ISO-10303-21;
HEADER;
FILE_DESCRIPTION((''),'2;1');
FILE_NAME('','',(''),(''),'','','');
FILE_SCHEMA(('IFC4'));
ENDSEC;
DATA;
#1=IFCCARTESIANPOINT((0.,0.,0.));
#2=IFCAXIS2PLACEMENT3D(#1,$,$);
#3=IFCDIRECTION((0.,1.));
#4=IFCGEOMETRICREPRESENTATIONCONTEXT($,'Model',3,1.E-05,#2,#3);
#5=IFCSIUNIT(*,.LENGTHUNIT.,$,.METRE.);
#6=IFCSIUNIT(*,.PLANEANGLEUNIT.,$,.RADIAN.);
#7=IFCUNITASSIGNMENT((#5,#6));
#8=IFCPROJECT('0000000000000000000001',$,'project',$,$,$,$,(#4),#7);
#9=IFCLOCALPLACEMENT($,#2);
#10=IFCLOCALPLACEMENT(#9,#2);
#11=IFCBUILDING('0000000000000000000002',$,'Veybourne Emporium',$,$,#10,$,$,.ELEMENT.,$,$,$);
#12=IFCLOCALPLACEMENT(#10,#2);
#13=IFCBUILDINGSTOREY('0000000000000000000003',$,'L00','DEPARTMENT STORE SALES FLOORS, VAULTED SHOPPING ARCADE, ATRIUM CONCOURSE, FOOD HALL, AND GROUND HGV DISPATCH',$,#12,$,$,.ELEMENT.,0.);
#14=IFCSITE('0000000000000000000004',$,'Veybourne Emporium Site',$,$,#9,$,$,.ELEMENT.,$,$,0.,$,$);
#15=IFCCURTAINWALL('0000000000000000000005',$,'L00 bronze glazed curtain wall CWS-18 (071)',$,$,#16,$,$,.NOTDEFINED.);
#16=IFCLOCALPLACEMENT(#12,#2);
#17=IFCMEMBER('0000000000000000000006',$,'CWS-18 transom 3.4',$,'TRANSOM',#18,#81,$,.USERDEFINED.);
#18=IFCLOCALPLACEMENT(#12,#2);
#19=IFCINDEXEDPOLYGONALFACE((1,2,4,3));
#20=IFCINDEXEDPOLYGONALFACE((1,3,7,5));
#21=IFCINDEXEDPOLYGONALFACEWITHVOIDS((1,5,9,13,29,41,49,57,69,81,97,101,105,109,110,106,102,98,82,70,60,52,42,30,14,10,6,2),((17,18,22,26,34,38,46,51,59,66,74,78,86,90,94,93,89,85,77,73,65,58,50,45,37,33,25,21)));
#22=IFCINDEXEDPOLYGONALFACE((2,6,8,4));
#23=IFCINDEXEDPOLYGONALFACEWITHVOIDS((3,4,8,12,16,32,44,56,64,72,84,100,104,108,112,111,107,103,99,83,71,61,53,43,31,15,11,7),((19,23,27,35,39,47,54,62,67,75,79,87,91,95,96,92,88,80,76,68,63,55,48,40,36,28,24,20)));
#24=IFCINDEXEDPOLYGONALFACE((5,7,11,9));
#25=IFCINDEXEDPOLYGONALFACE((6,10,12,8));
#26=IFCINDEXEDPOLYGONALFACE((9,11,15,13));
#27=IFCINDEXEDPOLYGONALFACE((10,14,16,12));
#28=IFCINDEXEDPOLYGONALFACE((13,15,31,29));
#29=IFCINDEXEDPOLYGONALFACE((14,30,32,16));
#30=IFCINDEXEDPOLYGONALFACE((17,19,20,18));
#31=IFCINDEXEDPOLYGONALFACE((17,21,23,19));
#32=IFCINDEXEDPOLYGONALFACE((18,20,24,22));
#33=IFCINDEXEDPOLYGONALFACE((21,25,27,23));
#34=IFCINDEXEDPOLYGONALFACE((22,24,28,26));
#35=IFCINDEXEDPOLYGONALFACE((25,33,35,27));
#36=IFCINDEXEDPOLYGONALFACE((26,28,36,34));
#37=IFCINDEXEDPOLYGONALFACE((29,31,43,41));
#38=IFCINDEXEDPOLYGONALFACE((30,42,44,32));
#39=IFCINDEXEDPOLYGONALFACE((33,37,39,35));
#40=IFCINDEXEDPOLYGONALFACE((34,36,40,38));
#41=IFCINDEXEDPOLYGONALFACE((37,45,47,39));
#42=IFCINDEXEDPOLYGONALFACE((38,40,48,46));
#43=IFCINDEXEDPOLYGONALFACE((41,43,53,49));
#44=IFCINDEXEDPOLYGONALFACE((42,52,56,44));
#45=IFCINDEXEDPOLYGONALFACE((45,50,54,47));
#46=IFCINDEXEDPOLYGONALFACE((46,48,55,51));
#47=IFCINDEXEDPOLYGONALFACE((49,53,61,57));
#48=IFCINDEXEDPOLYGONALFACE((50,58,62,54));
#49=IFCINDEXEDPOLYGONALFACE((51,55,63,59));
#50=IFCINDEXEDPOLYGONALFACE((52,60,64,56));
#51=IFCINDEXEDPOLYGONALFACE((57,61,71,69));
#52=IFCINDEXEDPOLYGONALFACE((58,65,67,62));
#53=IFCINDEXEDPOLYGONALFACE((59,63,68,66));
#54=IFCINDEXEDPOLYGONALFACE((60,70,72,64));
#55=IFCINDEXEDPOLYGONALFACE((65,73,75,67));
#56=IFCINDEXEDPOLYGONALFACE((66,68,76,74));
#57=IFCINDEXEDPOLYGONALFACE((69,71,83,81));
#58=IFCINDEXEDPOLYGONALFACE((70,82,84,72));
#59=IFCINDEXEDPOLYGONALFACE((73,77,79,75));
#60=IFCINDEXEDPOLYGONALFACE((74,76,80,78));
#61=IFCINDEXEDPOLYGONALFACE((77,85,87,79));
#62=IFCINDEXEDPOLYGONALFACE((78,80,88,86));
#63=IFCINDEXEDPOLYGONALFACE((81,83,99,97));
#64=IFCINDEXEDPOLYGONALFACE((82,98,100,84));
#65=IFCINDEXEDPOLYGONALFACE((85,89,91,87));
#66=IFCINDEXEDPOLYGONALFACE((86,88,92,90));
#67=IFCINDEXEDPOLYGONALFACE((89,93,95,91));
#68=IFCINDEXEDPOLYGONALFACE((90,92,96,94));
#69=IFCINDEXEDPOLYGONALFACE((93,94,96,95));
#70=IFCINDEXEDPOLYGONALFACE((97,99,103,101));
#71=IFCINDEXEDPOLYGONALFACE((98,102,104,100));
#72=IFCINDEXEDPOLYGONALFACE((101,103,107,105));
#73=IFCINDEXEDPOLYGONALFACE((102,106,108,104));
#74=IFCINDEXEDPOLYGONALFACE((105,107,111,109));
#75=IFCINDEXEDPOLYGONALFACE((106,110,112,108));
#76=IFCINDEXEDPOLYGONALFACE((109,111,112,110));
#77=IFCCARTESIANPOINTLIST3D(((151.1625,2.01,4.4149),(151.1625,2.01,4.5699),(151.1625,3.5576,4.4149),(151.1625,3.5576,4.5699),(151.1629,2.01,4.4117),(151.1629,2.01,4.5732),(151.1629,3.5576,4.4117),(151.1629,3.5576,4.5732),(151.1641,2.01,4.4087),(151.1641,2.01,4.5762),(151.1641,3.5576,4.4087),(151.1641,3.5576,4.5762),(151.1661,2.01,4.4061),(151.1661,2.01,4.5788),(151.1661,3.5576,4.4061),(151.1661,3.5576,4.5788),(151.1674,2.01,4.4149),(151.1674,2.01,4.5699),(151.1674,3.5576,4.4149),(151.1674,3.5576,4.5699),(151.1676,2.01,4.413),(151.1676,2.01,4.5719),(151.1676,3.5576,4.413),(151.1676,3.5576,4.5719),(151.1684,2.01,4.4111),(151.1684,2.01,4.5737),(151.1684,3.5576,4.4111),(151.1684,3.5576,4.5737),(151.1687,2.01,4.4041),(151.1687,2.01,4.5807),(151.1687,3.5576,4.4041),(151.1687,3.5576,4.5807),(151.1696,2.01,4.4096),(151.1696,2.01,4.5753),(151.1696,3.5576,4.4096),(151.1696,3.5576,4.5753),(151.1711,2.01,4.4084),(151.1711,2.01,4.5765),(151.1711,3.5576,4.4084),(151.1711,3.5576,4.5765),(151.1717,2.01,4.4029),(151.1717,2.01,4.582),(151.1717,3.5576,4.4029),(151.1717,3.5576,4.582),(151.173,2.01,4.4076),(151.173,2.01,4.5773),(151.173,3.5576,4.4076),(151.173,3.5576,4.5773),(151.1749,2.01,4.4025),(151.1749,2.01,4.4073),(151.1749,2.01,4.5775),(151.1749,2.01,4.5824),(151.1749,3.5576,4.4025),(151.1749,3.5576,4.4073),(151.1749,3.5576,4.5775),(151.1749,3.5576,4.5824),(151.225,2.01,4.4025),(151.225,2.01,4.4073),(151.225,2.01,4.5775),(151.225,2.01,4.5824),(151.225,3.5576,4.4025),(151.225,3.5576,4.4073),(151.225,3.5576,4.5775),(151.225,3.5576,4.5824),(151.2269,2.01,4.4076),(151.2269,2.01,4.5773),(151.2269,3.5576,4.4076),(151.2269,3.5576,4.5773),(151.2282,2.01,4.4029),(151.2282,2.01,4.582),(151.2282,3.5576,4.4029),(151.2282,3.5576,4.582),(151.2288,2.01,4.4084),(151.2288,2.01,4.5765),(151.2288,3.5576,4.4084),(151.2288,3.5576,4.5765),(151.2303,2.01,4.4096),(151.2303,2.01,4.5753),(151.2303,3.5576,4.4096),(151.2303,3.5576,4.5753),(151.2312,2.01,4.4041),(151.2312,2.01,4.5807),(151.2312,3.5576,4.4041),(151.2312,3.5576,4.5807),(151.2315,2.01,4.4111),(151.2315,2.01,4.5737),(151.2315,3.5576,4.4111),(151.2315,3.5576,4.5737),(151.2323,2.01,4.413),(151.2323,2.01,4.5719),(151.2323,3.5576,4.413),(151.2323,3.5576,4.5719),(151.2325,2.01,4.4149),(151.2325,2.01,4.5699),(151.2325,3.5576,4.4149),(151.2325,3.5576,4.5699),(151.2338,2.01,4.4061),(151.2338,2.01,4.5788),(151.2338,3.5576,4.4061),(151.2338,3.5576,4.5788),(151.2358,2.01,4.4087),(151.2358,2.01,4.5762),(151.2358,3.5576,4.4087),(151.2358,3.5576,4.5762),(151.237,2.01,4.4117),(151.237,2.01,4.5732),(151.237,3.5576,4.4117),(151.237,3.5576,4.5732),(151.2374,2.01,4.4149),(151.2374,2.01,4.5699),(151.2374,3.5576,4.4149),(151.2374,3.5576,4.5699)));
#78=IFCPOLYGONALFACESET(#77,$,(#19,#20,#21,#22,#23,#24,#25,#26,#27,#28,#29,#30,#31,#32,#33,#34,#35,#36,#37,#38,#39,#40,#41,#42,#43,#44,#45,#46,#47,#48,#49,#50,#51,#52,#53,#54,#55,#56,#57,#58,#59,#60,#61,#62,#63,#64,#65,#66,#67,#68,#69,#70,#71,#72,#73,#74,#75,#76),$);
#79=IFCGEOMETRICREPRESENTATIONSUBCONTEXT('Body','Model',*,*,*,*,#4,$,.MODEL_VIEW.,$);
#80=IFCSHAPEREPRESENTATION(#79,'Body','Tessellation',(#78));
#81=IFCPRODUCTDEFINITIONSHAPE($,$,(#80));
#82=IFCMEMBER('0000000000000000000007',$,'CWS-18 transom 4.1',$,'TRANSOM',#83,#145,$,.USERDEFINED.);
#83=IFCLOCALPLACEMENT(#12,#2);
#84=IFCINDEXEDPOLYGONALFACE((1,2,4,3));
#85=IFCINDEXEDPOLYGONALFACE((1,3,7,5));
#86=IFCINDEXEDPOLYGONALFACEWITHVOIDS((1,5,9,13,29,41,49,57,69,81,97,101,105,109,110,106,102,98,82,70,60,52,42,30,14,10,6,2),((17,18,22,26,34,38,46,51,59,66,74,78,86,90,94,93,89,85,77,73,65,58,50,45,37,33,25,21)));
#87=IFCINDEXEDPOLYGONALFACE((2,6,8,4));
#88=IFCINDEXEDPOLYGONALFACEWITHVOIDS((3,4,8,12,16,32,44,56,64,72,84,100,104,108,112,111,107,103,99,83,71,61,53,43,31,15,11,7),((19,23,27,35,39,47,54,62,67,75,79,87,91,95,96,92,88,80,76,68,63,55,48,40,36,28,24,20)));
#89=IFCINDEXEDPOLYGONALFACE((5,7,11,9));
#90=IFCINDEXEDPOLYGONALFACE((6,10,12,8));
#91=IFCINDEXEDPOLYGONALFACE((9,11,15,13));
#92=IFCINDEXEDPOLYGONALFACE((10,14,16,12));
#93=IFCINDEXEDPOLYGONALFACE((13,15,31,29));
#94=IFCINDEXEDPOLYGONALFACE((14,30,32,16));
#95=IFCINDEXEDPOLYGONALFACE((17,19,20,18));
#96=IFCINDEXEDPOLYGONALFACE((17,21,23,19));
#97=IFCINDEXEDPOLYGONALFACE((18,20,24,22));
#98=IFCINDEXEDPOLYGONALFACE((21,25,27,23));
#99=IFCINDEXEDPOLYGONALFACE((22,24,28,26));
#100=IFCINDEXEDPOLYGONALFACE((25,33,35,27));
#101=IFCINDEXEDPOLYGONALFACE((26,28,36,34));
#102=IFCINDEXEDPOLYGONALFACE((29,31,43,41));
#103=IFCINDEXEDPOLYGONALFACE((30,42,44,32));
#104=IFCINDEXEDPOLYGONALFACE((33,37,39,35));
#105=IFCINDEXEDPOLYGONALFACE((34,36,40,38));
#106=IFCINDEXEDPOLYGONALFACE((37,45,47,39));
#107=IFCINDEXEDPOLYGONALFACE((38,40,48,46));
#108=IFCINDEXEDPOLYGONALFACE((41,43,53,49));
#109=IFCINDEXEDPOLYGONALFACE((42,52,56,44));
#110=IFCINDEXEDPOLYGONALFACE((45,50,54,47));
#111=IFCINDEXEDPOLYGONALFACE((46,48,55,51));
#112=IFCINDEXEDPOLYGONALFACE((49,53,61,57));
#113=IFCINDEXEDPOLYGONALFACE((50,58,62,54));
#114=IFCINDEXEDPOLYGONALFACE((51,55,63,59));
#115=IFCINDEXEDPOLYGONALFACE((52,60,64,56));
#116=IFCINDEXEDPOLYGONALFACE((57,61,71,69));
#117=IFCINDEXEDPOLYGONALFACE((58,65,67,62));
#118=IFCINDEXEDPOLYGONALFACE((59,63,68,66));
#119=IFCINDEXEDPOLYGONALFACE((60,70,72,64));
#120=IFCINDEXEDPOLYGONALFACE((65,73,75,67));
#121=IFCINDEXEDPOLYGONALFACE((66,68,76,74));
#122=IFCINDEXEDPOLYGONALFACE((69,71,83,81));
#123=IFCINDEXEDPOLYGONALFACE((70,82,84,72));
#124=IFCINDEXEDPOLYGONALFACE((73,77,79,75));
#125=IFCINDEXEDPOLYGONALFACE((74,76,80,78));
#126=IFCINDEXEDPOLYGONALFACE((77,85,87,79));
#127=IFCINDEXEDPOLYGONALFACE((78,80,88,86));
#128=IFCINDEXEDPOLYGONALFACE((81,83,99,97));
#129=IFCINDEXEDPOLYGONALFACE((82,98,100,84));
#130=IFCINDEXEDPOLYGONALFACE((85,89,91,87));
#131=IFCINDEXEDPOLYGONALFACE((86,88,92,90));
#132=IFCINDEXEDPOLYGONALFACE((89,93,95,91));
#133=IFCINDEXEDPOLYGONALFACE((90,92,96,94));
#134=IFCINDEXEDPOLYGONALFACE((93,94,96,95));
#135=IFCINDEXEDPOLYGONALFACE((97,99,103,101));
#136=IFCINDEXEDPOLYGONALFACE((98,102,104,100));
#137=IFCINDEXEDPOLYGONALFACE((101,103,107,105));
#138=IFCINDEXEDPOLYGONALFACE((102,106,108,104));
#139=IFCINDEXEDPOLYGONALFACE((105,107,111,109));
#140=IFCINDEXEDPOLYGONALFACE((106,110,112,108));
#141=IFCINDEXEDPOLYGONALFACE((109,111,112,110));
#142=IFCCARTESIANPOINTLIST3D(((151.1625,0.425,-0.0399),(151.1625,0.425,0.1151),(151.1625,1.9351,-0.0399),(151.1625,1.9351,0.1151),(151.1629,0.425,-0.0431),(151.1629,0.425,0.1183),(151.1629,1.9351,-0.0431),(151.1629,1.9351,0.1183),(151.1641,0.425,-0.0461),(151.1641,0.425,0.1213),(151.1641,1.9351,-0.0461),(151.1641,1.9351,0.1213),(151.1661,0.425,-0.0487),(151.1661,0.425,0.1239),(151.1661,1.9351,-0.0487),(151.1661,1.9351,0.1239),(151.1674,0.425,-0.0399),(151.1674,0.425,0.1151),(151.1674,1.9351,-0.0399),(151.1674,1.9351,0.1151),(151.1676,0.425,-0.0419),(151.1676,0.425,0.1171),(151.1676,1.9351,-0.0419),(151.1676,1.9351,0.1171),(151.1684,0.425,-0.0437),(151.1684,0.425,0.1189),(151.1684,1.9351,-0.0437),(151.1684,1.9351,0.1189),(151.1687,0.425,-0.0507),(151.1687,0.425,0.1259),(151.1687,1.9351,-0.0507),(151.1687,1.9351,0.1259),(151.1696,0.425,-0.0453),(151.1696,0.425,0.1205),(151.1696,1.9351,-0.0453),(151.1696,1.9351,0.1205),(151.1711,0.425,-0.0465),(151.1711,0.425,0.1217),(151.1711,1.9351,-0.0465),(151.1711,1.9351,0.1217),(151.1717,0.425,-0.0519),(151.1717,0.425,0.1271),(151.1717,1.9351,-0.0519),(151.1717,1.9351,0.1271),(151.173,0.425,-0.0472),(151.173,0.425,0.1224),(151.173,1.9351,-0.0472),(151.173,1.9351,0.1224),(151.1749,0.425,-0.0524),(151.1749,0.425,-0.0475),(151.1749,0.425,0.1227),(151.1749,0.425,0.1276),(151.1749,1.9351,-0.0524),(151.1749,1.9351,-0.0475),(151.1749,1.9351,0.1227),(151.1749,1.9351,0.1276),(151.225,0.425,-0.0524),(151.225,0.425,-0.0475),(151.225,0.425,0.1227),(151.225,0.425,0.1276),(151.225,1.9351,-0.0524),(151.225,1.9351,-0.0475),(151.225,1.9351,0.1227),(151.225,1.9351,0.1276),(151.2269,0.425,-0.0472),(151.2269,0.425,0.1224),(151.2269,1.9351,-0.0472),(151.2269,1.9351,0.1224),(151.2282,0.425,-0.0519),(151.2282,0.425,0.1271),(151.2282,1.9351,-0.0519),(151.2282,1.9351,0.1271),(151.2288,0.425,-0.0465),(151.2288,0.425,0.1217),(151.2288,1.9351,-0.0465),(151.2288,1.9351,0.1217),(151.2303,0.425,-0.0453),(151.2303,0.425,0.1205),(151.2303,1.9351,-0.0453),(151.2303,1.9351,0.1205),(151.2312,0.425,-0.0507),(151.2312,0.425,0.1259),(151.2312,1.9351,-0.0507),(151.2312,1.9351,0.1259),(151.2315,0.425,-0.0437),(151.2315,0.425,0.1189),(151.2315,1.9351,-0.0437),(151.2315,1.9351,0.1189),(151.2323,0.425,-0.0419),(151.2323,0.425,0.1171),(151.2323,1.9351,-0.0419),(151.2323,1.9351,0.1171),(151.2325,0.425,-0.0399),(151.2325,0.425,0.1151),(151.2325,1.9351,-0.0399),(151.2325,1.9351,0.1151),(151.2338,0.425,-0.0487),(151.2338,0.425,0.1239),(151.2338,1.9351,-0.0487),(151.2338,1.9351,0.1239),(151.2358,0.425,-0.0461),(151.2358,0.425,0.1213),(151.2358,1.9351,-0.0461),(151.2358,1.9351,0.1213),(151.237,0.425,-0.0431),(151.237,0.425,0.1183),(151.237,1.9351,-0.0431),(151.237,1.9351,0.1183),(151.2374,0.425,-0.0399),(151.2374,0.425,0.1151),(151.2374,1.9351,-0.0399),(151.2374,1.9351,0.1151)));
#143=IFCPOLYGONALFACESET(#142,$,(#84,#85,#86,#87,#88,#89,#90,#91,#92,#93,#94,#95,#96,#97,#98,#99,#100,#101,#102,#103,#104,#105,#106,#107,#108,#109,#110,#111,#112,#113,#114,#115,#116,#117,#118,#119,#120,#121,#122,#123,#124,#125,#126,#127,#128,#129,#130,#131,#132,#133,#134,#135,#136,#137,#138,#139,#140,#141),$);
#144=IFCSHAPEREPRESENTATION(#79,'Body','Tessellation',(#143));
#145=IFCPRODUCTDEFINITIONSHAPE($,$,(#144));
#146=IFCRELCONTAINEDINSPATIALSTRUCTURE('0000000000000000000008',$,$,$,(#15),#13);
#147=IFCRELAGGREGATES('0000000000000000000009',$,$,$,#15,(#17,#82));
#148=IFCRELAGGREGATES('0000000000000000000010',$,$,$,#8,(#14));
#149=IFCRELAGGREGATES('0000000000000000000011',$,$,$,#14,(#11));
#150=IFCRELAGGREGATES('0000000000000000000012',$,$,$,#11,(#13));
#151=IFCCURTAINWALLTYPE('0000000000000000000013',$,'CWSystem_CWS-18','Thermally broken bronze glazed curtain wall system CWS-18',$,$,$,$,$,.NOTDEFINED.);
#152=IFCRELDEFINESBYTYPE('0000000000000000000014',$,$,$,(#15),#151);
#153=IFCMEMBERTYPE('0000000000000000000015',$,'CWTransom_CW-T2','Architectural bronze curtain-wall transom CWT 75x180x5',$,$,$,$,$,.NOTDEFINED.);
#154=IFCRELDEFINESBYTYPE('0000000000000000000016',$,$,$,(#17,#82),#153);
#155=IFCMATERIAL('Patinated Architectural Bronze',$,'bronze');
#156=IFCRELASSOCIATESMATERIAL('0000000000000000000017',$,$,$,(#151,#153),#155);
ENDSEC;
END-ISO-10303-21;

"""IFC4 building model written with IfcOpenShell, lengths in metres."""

from ifc_helpers import new_model, si_unit, direction, frame, origin, origin_2d, place, context, subcontext, project, spatial, hollow_rectangle, extrude, material, material_profile, profile_set, type_object, element, aggregate, save


model = new_model("IFC4")

# Units and contexts
model_context = context("Model", 3, precision=1e-05, world=origin(), true_north=direction((0.0, 1.0)))
body_context = subcontext(model_context, "Body", "Model", "MODEL_VIEW")
ifc_project = project(units=[si_unit("LENGTHUNIT", "METRE"), si_unit("PLANEANGLEUNIT", "RADIAN")], contexts=[model_context])

# Site, building, storey
site_placement = place(None, origin())
site = spatial("IfcSite", under=ifc_project, at=site_placement, Name="Veybourne Emporium Site", CompositionType="ELEMENT", RefElevation=0.0)
building_placement = place(site_placement, origin())
building = spatial("IfcBuilding", under=site, at=building_placement, Name="Veybourne Emporium", CompositionType="ELEMENT")
storey_placement = place(building_placement, origin())
storey = spatial("IfcBuildingStorey", under=building, at=storey_placement, Name="L00", Description="DEPARTMENT STORE SALES FLOORS, VAULTED SHOPPING ARCADE, ATRIUM CONCOURSE, FOOD HALL, AND GROUND HGV DISPATCH", CompositionType="ELEMENT", Elevation=0.0)

# Curtain wall
ifc_material_1 = material(Name="Patinated Architectural Bronze", Category="bronze")
curtain_wall_type_1 = type_object("IfcCurtainWallType", Name="CWSystem_CWS-18", Description="Thermally broken bronze glazed curtain wall system CWS-18", PredefinedType="NOTDEFINED", material=ifc_material_1)
curtain_wall_1_placement = place(storey_placement, origin())
curtain_wall_1 = element("IfcCurtainWall", 1, at=curtain_wall_1_placement, inside=storey, type_object=curtain_wall_type_1, Name="L00 bronze glazed curtain wall CWS-18 (071)", PredefinedType="NOTDEFINED")

# Members
ifc_material_profile_1 = material_profile(ifc_material_1, hollow_rectangle(XDim=0.075, YDim=0.1799, WallThickness=0.0049, InnerFilletRadius=0.0076, OuterFilletRadius=0.0125, at=origin_2d()), Name="CWT 75x180x5")
ifc_profile_set_1 = profile_set([ifc_material_profile_1], Name="Patinated Architectural Bronze")
member_type_1 = type_object("IfcMemberType", Name="CWTransom_CW-T2", Description="Architectural bronze curtain-wall transom CWT 75x180x5", PredefinedType="NOTDEFINED", material=ifc_profile_set_1)
member_1_placement = place(storey_placement, frame((151.2, 3.5576, 4.4924), z_axis=(0.0, -1.0, 0.0), x_axis=(1.0, 0.0, 0.0)))
member_1 = element("IfcMember", 2, at=member_1_placement, type_object=member_type_1, Name="CWS-18 transom 3.4", ObjectType="TRANSOM", PredefinedType="USERDEFINED", context=body_context, shape_type="SweptSolid", body=[
    extrude(hollow_rectangle(XDim=0.075, YDim=0.1799, WallThickness=0.0049, InnerFilletRadius=0.0076, OuterFilletRadius=0.0125, at=origin_2d()), origin(), (0.0, 0.0, 1.0), 1.5476),
])
member_2_placement = place(storey_placement, frame((151.2, 1.9351, 0.0376), z_axis=(0.0, -1.0, 0.0), x_axis=(1.0, 0.0, 0.0)))
member_2 = element("IfcMember", 3, at=member_2_placement, type_object=member_type_1, Name="CWS-18 transom 4.1", ObjectType="TRANSOM", PredefinedType="USERDEFINED", context=body_context, shape_type="SweptSolid", body=[
    extrude(hollow_rectangle(XDim=0.075, YDim=0.1799, WallThickness=0.0049, InnerFilletRadius=0.0076, OuterFilletRadius=0.0125, at=origin_2d()), origin(), (0.0, 0.0, 1.0), 1.51),
])

aggregate(curtain_wall_1, [member_1, member_2])

save(model, "model.ifc")
